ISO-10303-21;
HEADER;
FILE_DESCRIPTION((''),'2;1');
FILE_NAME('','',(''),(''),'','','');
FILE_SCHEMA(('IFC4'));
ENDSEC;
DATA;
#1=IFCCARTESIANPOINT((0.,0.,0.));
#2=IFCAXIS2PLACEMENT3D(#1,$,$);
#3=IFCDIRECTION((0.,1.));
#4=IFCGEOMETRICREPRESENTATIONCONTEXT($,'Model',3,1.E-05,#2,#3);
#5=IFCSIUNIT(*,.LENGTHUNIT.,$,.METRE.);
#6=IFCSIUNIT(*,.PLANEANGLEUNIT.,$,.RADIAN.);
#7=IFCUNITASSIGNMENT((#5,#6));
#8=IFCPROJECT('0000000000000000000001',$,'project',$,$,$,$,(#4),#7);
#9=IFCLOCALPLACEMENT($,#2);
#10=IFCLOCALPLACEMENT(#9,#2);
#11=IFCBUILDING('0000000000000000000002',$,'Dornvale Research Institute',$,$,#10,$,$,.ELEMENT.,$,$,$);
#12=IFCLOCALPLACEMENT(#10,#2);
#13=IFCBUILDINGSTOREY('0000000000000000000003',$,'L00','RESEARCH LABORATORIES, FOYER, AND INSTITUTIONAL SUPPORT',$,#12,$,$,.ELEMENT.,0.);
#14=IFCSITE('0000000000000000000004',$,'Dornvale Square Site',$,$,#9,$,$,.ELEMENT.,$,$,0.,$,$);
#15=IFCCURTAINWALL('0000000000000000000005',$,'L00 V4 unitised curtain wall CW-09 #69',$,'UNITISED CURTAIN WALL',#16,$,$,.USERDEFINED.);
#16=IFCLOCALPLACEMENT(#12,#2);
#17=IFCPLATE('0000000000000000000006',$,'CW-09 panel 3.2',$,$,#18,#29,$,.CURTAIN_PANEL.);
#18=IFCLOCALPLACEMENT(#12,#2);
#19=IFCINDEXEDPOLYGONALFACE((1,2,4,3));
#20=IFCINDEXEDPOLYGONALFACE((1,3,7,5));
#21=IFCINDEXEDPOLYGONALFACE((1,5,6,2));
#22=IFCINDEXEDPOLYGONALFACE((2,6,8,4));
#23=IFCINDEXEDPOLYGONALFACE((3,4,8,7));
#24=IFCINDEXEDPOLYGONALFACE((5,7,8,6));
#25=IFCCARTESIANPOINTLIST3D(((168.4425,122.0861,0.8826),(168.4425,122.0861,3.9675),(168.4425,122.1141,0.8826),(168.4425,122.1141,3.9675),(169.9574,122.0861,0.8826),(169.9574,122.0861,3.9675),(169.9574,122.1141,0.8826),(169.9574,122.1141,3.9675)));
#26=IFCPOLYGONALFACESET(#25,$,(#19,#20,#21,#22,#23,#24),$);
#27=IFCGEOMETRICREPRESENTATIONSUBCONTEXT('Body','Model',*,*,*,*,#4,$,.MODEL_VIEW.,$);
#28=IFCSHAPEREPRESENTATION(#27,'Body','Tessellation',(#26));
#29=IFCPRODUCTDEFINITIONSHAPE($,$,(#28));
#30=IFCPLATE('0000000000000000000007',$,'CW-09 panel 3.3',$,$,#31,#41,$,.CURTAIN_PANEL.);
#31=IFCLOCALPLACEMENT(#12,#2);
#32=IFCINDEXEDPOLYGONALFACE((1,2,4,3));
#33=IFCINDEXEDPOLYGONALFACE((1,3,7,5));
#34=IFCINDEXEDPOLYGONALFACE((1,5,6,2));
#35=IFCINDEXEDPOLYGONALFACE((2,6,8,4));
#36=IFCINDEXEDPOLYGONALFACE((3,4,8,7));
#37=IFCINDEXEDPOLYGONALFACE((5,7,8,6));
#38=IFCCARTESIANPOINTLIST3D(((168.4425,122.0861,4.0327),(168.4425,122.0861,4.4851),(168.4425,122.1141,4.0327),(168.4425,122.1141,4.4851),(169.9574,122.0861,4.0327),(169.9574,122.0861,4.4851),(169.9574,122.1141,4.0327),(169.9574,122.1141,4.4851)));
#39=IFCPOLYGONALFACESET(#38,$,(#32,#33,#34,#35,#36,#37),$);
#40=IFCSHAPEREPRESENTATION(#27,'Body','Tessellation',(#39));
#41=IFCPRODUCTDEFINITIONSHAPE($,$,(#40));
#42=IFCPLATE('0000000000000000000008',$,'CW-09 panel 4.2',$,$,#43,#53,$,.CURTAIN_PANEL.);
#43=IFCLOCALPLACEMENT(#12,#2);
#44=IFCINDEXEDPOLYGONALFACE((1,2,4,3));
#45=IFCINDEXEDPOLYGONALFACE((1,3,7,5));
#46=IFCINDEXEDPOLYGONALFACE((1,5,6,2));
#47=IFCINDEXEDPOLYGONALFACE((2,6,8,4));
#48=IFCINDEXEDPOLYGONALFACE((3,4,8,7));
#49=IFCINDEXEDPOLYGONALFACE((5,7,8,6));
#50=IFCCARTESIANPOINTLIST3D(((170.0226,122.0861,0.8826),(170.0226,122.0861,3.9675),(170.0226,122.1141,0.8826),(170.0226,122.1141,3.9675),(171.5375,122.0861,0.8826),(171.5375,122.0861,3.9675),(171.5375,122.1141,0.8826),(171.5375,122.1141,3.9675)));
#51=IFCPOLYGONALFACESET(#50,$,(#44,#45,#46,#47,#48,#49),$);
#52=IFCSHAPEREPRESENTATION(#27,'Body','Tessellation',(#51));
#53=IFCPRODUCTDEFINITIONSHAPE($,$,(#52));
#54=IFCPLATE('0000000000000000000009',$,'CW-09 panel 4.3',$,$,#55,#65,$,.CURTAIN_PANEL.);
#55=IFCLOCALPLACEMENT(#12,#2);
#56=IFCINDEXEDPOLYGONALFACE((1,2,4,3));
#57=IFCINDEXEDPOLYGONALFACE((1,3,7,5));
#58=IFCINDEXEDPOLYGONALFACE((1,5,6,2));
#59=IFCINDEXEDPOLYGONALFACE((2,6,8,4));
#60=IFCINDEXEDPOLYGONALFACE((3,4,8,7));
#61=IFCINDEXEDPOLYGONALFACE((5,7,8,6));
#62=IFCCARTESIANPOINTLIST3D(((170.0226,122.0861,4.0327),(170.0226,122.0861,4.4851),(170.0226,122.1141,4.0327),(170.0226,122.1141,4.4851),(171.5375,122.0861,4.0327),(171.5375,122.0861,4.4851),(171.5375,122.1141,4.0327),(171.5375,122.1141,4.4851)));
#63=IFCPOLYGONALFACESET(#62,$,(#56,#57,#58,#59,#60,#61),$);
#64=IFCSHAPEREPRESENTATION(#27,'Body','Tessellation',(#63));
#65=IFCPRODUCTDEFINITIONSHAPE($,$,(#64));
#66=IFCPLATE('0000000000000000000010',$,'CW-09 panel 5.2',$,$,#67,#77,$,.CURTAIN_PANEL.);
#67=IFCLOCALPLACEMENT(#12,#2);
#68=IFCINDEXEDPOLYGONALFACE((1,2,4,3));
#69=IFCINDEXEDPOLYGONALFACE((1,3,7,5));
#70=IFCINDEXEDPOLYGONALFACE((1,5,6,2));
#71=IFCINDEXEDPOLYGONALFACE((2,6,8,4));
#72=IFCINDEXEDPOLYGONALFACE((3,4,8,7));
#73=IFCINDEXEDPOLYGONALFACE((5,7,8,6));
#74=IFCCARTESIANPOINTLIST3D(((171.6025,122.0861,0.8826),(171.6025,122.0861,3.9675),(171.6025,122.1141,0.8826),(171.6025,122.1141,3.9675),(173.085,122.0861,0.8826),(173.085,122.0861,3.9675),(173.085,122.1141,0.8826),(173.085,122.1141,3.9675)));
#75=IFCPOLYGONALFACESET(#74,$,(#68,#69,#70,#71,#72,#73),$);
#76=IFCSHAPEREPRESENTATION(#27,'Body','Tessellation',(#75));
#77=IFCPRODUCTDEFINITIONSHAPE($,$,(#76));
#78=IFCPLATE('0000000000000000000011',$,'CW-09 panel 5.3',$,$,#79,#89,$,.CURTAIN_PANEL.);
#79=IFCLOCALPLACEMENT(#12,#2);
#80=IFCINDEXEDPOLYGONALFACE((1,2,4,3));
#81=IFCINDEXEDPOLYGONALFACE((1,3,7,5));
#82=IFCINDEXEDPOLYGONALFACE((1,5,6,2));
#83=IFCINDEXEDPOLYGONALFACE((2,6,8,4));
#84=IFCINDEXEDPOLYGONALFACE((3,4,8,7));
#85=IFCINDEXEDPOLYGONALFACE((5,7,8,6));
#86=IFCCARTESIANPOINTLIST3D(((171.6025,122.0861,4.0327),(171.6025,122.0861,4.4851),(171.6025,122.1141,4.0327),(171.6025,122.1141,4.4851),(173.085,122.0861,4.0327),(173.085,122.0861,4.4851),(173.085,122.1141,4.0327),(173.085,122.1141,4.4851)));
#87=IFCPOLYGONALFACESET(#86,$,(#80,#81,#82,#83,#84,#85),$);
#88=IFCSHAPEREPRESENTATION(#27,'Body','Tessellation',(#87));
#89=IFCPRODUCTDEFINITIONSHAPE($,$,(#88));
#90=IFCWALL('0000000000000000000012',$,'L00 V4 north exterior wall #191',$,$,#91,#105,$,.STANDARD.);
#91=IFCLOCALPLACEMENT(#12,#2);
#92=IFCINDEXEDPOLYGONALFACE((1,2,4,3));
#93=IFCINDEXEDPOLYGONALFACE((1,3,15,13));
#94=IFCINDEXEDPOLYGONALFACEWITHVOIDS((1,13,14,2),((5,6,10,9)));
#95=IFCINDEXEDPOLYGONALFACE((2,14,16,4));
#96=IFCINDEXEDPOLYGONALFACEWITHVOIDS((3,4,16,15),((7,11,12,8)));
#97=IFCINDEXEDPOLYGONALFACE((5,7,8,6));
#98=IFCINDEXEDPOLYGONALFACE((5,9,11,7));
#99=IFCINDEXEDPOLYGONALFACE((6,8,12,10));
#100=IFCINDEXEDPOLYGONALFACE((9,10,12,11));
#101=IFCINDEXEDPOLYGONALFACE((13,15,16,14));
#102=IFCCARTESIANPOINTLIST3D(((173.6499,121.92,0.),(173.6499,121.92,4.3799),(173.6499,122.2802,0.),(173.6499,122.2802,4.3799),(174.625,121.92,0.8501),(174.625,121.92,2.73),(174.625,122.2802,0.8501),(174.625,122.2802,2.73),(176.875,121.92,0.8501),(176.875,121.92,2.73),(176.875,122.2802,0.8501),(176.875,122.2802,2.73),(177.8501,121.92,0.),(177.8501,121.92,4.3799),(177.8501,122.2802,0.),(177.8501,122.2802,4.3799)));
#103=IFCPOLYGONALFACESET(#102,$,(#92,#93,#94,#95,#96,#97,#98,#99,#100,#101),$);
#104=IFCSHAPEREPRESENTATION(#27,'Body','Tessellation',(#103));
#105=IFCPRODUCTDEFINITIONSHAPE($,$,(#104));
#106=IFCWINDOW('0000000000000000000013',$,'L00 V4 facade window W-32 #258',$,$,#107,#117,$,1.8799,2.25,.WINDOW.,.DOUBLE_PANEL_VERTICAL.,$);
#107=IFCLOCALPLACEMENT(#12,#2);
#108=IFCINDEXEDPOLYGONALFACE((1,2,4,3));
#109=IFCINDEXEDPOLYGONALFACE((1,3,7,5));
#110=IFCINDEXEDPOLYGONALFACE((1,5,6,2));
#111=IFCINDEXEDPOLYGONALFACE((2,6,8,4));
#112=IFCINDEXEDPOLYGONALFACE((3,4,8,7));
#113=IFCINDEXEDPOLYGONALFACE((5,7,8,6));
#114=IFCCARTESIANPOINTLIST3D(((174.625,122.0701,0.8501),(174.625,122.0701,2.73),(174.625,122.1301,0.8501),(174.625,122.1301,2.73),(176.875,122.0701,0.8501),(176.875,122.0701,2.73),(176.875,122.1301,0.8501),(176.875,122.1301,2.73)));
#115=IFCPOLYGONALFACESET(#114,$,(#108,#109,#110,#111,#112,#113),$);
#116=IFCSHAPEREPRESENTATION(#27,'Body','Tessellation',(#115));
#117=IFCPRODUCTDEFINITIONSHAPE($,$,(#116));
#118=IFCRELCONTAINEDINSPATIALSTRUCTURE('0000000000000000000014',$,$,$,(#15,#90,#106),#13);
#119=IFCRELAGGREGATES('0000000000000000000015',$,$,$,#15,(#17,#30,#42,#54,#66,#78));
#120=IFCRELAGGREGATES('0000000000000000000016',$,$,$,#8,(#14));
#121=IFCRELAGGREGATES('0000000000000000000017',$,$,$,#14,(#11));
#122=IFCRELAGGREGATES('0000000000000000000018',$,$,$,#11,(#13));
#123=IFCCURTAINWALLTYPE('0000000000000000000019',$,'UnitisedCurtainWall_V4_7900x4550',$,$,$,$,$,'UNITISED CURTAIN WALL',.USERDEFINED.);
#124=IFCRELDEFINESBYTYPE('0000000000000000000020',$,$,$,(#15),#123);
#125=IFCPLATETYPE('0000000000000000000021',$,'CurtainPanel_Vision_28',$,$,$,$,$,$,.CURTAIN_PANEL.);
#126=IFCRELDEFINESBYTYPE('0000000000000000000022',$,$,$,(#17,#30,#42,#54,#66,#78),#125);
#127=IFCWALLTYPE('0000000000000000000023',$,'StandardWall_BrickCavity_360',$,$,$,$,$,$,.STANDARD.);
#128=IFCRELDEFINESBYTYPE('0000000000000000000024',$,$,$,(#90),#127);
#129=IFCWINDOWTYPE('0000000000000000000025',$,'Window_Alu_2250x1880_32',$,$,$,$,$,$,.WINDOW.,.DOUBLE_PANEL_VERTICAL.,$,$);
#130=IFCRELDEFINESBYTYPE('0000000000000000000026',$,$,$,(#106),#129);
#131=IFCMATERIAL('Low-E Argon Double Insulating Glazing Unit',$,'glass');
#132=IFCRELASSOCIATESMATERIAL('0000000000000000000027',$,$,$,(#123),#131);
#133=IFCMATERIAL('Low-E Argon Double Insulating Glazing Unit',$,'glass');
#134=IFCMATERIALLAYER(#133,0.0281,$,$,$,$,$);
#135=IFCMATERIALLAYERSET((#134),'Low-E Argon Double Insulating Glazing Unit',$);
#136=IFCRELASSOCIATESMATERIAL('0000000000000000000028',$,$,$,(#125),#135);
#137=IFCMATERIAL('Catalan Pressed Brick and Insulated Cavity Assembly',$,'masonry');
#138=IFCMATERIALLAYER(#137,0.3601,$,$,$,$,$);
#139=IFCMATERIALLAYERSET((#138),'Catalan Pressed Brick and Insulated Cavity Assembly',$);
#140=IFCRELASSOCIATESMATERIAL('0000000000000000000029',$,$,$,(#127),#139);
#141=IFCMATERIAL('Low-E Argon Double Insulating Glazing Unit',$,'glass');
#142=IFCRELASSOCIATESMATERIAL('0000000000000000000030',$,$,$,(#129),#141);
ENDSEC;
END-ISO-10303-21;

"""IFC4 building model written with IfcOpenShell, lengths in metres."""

from ifc_helpers import new_model, si_unit, direction, frame, frame_2d, origin, origin_2d, place, context, subcontext, project, spatial, rectangle, extrude, material, layer, layer_set, type_object, element, fill, aggregate, save


model = new_model("IFC4")

# Units and contexts
model_context = context("Model", 3, precision=1e-05, world=origin(), true_north=direction((0.0, 1.0)))
body_context = subcontext(model_context, "Body", "Model", "MODEL_VIEW")
ifc_project = project(units=[si_unit("LENGTHUNIT", "METRE"), si_unit("PLANEANGLEUNIT", "RADIAN")], contexts=[model_context])

# Site, building, storey
site_placement = place(None, origin())
site = spatial("IfcSite", under=ifc_project, at=site_placement, Name="Dornvale Square Site", CompositionType="ELEMENT", RefElevation=0.0)
building_placement = place(site_placement, origin())
building = spatial("IfcBuilding", under=site, at=building_placement, Name="Dornvale Research Institute", CompositionType="ELEMENT")
storey_placement = place(building_placement, origin())
storey = spatial("IfcBuildingStorey", under=building, at=storey_placement, Name="L00", Description="RESEARCH LABORATORIES, FOYER, AND INSTITUTIONAL SUPPORT", CompositionType="ELEMENT", Elevation=0.0)

# Curtain wall, plates
ifc_material_1 = material(Name="Low-E Argon Double Insulating Glazing Unit", Category="glass")
curtain_wall_type = type_object("IfcCurtainWallType", Name="UnitisedCurtainWall_V4_7900x4550", ElementType="UNITISED CURTAIN WALL", PredefinedType="USERDEFINED", material=ifc_material_1)
curtain_wall_placement = place(storey_placement, origin())
curtain_wall = element("IfcCurtainWall", 1, at=curtain_wall_placement, inside=storey, type_object=curtain_wall_type, Name="L00 V4 unitised curtain wall CW-09 #69", ObjectType="UNITISED CURTAIN WALL", PredefinedType="USERDEFINED")
ifc_material_2 = material(Name="Low-E Argon Double Insulating Glazing Unit", Category="glass")
ifc_layer_1 = layer(ifc_material_2, 0.0281)
ifc_layer_set_1 = layer_set([ifc_layer_1], Name="Low-E Argon Double Insulating Glazing Unit")
plate_type_1 = type_object("IfcPlateType", Name="CurtainPanel_Vision_28", PredefinedType="CURTAIN_PANEL", material=ifc_layer_set_1)
plate_1_placement = place(storey_placement, frame((169.2, 122.1001, 0.8826), z_axis=(0.0, 0.0, 1.0), x_axis=(1.0, 0.0, 0.0)))
plate_1 = element("IfcPlate", 2, at=plate_1_placement, type_object=plate_type_1, Name="CW-09 panel 3.2", PredefinedType="CURTAIN_PANEL", context=body_context, shape_type="SweptSolid", body=[
    extrude(rectangle(XDim=1.5149, YDim=0.0281, at=origin_2d()), origin(), (0.0, 0.0, 1.0), 3.085),
])
plate_2_placement = place(storey_placement, frame((169.2, 122.1001, 4.0327), z_axis=(0.0, 0.0, 1.0), x_axis=(1.0, 0.0, 0.0)))
plate_2 = element("IfcPlate", 3, at=plate_2_placement, type_object=plate_type_1, Name="CW-09 panel 3.3", PredefinedType="CURTAIN_PANEL", context=body_context, shape_type="SweptSolid", body=[
    extrude(rectangle(XDim=1.5149, YDim=0.0281, at=origin_2d()), origin(), (0.0, 0.0, 1.0), 0.4524),
])
plate_3_placement = place(storey_placement, frame((170.78, 122.1001, 0.8826), z_axis=(0.0, 0.0, 1.0), x_axis=(1.0, 0.0, 0.0)))
plate_3 = element("IfcPlate", 4, at=plate_3_placement, type_object=plate_type_1, Name="CW-09 panel 4.2", PredefinedType="CURTAIN_PANEL", context=body_context, shape_type="SweptSolid", body=[
    extrude(rectangle(XDim=1.5149, YDim=0.0281, at=origin_2d()), origin(), (0.0, 0.0, 1.0), 3.085),
])
plate_4_placement = place(storey_placement, frame((170.78, 122.1001, 4.0327), z_axis=(0.0, 0.0, 1.0), x_axis=(1.0, 0.0, 0.0)))
plate_4 = element("IfcPlate", 5, at=plate_4_placement, type_object=plate_type_1, Name="CW-09 panel 4.3", PredefinedType="CURTAIN_PANEL", context=body_context, shape_type="SweptSolid", body=[
    extrude(rectangle(XDim=1.5149, YDim=0.0281, at=origin_2d()), origin(), (0.0, 0.0, 1.0), 0.4524),
])
plate_5_placement = place(storey_placement, frame((172.3438, 122.1001, 0.8826), z_axis=(0.0, 0.0, 1.0), x_axis=(1.0, 0.0, 0.0)))
plate_5 = element("IfcPlate", 6, at=plate_5_placement, type_object=plate_type_1, Name="CW-09 panel 5.2", PredefinedType="CURTAIN_PANEL", context=body_context, shape_type="SweptSolid", body=[
    extrude(rectangle(XDim=1.4824, YDim=0.0281, at=origin_2d()), origin(), (0.0, 0.0, 1.0), 3.085),
])
plate_6_placement = place(storey_placement, frame((172.3438, 122.1001, 4.0327), z_axis=(0.0, 0.0, 1.0), x_axis=(1.0, 0.0, 0.0)))
plate_6 = element("IfcPlate", 7, at=plate_6_placement, type_object=plate_type_1, Name="CW-09 panel 5.3", PredefinedType="CURTAIN_PANEL", context=body_context, shape_type="SweptSolid", body=[
    extrude(rectangle(XDim=1.4824, YDim=0.0281, at=origin_2d()), origin(), (0.0, 0.0, 1.0), 0.4524),
])
aggregate(curtain_wall, [plate_1, plate_2, plate_3, plate_4, plate_5, plate_6])

# Wall, opening, window
ifc_material_3 = material(Name="Catalan Pressed Brick and Insulated Cavity Assembly", Category="masonry")
ifc_layer_2 = layer(ifc_material_3, 0.3601)
ifc_layer_set_2 = layer_set([ifc_layer_2], Name="Catalan Pressed Brick and Insulated Cavity Assembly")
wall_type = type_object("IfcWallType", Name="StandardWall_BrickCavity_360", PredefinedType="STANDARD", material=ifc_layer_set_2)
wall_placement = place(storey_placement, frame((173.6499, 122.1001, 0.0), z_axis=(0.0, 0.0, 1.0), x_axis=(1.0, 0.0, 0.0)))
wall = element("IfcWall", 8, at=wall_placement, inside=storey, type_object=wall_type, Name="L00 V4 north exterior wall #191", PredefinedType="STANDARD", context=body_context, shape_type="SweptSolid", body=[
    extrude(rectangle(XDim=4.2002, YDim=0.3601, at=frame_2d((2.1001, 0.0))), origin(), (0.0, 0.0, 1.0), 4.3799),
])
opening_placement = place(wall_placement, frame((0.9751, 0.0, 0.8501)))
opening = element("IfcOpeningElement", 9, at=opening_placement, cuts=wall, PredefinedType="OPENING", context=body_context, shape_type="SweptSolid", body=[
    extrude(rectangle(XDim=2.25, YDim=1.8799, at=frame_2d((1.125, 0.9399))), frame((0.0, 0.1951, 0.0), z_axis=(0.0, -1.0, 0.0), x_axis=(1.0, 0.0, 0.0)), (0.0, 0.0, 1.0), 0.3901),
])
ifc_material_4 = material(Name="Low-E Argon Double Insulating Glazing Unit", Category="glass")
window_type = type_object("IfcWindowType", Name="Window_Alu_2250x1880_32", PartitioningType="DOUBLE_PANEL_VERTICAL", PredefinedType="WINDOW", material=ifc_material_4)
window_placement = place(opening_placement, origin())
window = element("IfcWindow", 10, at=window_placement, inside=storey, type_object=window_type, Name="L00 V4 facade window W-32 #258", OverallHeight=1.8799, OverallWidth=2.25, PartitioningType="DOUBLE_PANEL_VERTICAL", PredefinedType="WINDOW", context=body_context, shape_type="SweptSolid", body=[
    extrude(rectangle(XDim=2.25, YDim=1.8799, at=frame_2d((1.125, 0.9399))), frame((0.0, 0.03, 0.0), z_axis=(0.0, -1.0, 0.0), x_axis=(1.0, 0.0, 0.0)), (0.0, 0.0, 1.0), 0.0601),
])
fill(opening, window)

save(model, "model.ifc")
